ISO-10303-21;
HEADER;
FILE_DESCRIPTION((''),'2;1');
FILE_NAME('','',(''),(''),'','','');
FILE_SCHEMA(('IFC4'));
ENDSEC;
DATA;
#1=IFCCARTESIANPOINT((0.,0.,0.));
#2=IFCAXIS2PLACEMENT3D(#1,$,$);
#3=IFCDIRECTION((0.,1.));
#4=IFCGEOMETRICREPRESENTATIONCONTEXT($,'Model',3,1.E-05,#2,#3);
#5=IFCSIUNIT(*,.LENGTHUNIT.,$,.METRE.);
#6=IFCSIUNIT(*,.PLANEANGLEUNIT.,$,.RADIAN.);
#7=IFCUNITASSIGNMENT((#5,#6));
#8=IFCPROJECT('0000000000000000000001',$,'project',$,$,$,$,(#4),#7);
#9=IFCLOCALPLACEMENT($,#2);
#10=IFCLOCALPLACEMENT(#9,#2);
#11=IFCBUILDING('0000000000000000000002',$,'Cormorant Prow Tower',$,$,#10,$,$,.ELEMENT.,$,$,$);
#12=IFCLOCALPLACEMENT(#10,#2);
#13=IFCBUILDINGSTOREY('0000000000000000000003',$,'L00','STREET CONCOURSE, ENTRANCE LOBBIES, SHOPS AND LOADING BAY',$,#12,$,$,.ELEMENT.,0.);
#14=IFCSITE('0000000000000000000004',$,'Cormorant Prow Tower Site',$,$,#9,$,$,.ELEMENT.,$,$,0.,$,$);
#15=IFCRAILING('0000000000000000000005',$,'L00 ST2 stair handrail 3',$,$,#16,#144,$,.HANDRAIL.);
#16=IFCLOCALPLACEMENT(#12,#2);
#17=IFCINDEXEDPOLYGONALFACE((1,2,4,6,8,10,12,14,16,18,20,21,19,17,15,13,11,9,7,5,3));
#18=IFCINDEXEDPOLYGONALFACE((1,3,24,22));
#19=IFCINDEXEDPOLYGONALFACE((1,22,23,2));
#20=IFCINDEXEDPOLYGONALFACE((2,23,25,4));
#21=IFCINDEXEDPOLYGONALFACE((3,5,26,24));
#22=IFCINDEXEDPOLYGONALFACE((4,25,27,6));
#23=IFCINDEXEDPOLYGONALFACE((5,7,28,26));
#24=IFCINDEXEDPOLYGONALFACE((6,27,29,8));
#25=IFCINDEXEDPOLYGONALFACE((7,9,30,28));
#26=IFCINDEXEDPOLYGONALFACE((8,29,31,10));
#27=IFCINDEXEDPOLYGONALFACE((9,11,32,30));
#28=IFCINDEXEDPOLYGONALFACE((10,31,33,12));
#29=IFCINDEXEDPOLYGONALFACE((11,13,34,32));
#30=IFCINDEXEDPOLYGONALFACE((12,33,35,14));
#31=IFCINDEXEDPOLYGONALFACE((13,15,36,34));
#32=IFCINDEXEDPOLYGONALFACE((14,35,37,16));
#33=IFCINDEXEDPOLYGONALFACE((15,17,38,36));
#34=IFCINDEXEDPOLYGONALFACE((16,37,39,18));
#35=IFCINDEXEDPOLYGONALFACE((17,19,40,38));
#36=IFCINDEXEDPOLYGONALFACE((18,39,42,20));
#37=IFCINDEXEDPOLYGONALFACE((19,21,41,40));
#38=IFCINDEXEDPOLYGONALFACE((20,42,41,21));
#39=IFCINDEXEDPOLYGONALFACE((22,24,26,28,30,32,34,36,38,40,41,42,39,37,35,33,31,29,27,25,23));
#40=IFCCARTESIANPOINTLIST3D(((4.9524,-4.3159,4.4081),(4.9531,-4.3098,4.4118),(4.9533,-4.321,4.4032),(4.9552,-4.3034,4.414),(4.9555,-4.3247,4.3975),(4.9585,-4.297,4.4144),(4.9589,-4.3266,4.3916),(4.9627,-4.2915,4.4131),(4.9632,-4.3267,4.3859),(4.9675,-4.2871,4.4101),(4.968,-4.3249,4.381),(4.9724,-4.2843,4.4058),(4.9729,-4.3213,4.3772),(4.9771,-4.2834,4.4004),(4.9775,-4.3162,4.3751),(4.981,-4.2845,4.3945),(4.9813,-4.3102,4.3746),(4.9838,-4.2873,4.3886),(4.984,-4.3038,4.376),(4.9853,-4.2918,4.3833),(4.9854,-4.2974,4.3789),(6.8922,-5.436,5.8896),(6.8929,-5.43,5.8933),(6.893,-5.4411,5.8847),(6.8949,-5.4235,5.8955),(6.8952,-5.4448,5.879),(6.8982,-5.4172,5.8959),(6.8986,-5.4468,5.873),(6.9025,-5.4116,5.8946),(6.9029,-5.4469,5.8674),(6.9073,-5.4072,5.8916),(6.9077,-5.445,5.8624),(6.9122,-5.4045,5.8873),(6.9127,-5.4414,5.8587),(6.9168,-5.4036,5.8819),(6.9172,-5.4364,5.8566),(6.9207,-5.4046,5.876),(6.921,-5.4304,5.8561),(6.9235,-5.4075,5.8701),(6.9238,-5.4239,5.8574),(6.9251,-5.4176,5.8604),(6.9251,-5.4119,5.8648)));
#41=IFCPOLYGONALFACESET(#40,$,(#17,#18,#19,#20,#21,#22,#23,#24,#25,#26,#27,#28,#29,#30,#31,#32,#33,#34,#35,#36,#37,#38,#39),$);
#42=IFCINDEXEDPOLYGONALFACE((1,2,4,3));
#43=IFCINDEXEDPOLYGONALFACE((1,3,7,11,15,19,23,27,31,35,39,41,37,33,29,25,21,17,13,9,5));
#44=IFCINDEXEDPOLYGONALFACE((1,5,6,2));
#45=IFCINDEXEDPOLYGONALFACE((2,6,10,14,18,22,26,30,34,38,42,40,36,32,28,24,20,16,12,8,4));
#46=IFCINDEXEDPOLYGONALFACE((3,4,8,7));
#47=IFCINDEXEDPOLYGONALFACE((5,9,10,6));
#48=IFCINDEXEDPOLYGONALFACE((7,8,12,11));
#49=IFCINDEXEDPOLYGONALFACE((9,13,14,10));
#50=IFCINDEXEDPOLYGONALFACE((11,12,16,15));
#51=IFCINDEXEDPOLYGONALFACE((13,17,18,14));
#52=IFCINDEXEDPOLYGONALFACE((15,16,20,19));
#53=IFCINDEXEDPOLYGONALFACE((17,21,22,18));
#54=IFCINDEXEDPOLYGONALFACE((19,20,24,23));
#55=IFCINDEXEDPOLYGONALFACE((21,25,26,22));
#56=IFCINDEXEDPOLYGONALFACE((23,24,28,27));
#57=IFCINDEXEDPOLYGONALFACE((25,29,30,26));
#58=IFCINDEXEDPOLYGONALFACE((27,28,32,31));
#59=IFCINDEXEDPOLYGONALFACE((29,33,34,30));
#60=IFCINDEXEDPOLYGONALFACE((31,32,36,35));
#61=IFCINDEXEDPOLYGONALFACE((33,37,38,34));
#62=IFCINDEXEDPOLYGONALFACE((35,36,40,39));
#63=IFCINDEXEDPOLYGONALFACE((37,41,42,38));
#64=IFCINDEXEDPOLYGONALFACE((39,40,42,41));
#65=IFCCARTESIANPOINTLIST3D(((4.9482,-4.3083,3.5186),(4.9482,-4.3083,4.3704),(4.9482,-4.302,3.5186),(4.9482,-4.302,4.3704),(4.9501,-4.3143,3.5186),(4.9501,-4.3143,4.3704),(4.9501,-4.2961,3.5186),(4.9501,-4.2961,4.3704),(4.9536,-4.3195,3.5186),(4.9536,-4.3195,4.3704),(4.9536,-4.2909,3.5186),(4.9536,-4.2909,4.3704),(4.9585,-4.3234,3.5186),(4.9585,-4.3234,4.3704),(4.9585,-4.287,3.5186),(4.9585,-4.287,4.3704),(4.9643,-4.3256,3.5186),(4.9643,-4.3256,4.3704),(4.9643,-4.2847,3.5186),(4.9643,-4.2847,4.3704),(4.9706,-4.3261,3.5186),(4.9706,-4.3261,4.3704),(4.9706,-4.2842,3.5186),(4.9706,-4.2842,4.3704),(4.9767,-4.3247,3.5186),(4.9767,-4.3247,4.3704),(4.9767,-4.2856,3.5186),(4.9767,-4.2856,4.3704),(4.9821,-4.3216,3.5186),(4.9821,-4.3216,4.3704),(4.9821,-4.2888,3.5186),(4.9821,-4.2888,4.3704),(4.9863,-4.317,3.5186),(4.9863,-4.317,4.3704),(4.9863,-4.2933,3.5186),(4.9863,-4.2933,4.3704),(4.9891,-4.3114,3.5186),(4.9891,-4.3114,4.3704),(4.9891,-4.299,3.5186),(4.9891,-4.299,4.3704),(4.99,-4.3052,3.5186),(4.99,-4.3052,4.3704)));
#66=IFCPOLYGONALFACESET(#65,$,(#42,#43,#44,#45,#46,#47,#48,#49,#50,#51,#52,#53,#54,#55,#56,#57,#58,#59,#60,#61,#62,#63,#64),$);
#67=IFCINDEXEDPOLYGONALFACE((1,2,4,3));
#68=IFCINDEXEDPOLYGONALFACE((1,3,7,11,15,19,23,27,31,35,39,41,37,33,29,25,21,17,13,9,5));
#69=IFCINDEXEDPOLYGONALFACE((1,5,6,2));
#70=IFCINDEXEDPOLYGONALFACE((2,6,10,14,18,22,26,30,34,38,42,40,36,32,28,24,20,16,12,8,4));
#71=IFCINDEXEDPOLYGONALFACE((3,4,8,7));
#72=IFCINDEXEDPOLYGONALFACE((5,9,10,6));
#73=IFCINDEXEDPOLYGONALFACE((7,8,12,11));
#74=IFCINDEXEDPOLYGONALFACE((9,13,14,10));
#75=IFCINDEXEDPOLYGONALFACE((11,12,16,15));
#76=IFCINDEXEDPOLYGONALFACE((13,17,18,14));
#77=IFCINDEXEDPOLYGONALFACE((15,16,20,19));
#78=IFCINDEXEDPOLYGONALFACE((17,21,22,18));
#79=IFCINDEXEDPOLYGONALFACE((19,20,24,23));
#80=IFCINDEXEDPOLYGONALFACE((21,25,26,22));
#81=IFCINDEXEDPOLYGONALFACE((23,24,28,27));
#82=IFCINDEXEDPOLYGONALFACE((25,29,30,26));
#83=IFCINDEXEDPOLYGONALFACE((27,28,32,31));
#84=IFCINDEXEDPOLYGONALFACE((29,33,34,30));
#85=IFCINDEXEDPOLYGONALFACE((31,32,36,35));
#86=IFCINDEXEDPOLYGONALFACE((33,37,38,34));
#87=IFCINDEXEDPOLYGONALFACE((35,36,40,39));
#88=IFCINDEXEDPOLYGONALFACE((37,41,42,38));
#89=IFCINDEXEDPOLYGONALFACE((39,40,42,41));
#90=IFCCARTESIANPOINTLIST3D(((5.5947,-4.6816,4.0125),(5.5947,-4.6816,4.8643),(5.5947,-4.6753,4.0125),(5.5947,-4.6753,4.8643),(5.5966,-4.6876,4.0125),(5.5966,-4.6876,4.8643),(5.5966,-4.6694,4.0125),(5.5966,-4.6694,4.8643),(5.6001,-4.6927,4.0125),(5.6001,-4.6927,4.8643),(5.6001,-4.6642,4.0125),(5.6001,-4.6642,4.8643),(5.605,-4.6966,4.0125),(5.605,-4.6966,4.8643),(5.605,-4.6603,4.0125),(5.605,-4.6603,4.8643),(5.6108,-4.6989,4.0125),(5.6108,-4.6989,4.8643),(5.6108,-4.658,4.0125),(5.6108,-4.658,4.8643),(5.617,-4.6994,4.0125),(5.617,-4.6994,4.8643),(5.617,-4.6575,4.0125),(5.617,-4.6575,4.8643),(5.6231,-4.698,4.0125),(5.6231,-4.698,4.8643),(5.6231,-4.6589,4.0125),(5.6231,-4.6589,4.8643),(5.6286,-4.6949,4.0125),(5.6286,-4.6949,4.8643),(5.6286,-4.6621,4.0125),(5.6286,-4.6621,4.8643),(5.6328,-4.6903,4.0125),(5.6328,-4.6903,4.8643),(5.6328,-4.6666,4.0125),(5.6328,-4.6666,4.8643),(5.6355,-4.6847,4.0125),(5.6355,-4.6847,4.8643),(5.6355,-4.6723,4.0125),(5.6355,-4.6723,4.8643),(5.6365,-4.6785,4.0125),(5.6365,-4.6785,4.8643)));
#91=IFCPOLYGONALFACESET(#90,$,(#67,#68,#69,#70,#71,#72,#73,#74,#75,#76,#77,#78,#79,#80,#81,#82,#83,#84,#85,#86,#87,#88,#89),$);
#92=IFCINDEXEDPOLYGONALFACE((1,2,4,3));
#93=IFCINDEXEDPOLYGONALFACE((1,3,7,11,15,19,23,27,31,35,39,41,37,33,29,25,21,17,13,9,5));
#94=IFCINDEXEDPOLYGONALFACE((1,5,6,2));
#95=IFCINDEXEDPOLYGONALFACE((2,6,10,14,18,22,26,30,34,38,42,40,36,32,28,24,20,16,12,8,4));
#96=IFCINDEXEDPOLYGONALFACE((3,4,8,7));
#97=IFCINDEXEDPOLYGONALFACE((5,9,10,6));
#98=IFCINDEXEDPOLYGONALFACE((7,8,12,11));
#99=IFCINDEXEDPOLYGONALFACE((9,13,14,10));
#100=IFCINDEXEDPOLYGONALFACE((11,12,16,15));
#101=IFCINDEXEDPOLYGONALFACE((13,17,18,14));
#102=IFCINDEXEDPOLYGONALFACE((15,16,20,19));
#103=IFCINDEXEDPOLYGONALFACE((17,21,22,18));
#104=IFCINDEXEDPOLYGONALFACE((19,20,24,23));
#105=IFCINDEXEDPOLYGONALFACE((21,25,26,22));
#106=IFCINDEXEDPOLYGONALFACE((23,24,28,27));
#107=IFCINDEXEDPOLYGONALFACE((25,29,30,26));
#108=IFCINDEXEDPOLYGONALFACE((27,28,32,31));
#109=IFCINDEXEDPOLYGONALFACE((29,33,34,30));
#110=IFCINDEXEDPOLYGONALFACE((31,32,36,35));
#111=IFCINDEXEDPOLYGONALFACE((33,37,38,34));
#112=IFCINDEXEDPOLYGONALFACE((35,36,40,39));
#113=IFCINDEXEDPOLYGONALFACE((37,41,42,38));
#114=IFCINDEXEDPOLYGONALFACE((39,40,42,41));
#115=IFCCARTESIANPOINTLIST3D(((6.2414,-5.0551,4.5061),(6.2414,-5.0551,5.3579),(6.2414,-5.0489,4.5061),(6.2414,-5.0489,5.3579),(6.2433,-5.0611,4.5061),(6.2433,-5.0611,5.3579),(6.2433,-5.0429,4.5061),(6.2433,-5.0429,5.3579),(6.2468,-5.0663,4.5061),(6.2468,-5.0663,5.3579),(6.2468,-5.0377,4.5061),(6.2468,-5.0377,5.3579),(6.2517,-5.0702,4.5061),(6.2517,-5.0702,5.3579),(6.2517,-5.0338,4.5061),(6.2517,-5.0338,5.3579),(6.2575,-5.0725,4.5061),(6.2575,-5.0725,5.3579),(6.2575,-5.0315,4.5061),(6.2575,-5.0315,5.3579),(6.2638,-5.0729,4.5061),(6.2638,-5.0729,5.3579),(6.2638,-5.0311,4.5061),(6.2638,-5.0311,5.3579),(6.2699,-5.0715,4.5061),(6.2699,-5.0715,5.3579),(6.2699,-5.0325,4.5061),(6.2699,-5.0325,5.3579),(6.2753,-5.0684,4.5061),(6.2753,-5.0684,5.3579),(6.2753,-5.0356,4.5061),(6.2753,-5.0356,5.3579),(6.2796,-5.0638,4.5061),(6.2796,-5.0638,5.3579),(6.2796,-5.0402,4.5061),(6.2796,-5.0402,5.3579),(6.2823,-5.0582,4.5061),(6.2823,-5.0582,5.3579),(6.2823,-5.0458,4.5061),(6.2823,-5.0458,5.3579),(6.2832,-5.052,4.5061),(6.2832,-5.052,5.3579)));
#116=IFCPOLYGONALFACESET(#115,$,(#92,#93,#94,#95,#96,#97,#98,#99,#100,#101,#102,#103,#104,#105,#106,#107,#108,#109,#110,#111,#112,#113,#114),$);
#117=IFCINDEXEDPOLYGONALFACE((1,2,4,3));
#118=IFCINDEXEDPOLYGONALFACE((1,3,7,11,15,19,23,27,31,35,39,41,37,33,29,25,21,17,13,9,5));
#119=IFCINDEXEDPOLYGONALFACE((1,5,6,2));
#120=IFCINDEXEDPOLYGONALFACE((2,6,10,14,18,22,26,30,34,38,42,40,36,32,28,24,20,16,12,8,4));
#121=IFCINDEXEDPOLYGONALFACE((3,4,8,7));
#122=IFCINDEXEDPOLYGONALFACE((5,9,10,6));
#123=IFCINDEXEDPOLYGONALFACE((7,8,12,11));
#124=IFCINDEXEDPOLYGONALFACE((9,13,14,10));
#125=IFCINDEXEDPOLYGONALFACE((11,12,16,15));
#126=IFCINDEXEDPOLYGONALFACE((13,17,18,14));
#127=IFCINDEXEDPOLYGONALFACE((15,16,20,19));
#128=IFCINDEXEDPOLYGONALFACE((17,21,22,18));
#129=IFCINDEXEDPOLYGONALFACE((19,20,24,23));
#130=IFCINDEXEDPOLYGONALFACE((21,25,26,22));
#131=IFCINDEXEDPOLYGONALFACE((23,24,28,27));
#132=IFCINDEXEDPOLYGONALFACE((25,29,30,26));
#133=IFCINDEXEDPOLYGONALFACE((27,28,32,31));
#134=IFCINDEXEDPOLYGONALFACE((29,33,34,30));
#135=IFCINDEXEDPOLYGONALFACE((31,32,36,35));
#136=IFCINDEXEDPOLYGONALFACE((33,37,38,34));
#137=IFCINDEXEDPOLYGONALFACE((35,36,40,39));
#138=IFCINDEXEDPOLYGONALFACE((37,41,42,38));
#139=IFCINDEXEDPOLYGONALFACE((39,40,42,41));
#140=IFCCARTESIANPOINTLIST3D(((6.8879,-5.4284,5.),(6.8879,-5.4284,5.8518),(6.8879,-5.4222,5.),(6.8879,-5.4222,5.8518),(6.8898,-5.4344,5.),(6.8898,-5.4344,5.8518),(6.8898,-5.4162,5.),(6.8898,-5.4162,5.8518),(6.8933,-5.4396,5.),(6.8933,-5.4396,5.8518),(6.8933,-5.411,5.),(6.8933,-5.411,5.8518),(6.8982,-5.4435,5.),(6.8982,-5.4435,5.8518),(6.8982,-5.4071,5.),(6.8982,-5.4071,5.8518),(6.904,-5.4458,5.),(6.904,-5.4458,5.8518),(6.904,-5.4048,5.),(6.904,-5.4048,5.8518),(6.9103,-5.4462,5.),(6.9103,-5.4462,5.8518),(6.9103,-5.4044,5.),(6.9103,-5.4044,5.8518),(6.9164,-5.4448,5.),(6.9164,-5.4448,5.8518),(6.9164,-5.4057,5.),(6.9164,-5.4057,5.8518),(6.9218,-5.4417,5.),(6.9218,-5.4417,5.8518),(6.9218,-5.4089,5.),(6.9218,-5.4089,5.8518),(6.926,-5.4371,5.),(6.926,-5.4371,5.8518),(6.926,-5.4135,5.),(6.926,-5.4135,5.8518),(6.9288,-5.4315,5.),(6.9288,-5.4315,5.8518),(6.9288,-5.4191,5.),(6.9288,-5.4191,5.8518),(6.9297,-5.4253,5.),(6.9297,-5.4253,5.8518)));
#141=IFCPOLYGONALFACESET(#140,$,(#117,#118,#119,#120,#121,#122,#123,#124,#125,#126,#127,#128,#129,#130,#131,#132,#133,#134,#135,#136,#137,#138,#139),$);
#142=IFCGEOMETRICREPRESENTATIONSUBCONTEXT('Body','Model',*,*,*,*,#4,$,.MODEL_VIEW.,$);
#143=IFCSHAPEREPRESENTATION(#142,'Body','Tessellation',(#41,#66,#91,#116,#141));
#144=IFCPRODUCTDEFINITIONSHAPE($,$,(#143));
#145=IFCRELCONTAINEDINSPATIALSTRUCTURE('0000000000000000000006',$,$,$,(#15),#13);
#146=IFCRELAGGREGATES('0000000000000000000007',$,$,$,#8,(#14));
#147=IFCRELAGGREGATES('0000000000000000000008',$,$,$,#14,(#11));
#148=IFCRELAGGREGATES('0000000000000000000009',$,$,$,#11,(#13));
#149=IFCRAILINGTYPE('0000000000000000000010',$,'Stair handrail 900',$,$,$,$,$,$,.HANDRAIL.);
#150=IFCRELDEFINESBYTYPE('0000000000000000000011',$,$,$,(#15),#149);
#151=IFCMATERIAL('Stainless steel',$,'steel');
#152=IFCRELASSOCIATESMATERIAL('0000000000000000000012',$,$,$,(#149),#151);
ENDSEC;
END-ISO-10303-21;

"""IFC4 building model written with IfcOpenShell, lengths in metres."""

from ifc_helpers import new_model, si_unit, direction, frame, origin, origin_2d, place, context, subcontext, project, spatial, circle, extrude, material, type_object, element, save


model = new_model("IFC4")

# Units and contexts
model_context = context("Model", 3, precision=1e-05, world=origin(), true_north=direction((0.0, 1.0)))
body_context = subcontext(model_context, "Body", "Model", "MODEL_VIEW")
ifc_project = project(units=[si_unit("LENGTHUNIT", "METRE"), si_unit("PLANEANGLEUNIT", "RADIAN")], contexts=[model_context])

# Site, building, storey
site_placement = place(None, origin())
site = spatial("IfcSite", under=ifc_project, at=site_placement, Name="Cormorant Prow Tower Site", CompositionType="ELEMENT", RefElevation=0.0)
building_placement = place(site_placement, origin())
building = spatial("IfcBuilding", under=site, at=building_placement, Name="Cormorant Prow Tower", CompositionType="ELEMENT")
storey_placement = place(building_placement, origin())
storey = spatial("IfcBuildingStorey", under=building, at=storey_placement, Name="L00", Description="STREET CONCOURSE, ENTRANCE LOBBIES, SHOPS AND LOADING BAY", CompositionType="ELEMENT", Elevation=0.0)

# Railing
ifc_material_1 = material(Name="Stainless steel", Category="steel")
railing_type_1 = type_object("IfcRailingType", Name="Stair handrail 900", PredefinedType="HANDRAIL", material=ifc_material_1)
for number, where, name in (
    (1, (4.969, -4.3052, 3.5186), "L00 ST2 stair handrail 3"),
):
    element("IfcRailing", number, at=place(storey_placement, frame(where)), inside=storey, type_object=railing_type_1, Name=name, PredefinedType="HANDRAIL", context=body_context, shape_type="SweptSolid", body=[
        extrude(circle(Radius=0.0239, at=origin_2d()), frame((0.0, 0.0, 0.876), z_axis=(0.722292, -0.417102, 0.551651), x_axis=(0.500078, 0.86598, 0.0)), (0.0, 0.0, 1.0), 2.6855),
        extrude(circle(Radius=0.021, at=origin_2d()), origin(), (0.0, 0.0, 1.0), 0.8518),
        extrude(circle(Radius=0.021, at=origin_2d()), frame((0.6465, -0.3733, 0.4939)), (0.0, 0.0, 1.0), 0.8518),
        extrude(circle(Radius=0.021, at=origin_2d()), frame((1.2932, -0.7468, 0.9875)), (0.0, 0.0, 1.0), 0.8518),
        extrude(circle(Radius=0.021, at=origin_2d()), frame((1.9397, -1.1201, 1.4814)), (0.0, 0.0, 1.0), 0.8518),
    ])

save(model, "model.ifc")
